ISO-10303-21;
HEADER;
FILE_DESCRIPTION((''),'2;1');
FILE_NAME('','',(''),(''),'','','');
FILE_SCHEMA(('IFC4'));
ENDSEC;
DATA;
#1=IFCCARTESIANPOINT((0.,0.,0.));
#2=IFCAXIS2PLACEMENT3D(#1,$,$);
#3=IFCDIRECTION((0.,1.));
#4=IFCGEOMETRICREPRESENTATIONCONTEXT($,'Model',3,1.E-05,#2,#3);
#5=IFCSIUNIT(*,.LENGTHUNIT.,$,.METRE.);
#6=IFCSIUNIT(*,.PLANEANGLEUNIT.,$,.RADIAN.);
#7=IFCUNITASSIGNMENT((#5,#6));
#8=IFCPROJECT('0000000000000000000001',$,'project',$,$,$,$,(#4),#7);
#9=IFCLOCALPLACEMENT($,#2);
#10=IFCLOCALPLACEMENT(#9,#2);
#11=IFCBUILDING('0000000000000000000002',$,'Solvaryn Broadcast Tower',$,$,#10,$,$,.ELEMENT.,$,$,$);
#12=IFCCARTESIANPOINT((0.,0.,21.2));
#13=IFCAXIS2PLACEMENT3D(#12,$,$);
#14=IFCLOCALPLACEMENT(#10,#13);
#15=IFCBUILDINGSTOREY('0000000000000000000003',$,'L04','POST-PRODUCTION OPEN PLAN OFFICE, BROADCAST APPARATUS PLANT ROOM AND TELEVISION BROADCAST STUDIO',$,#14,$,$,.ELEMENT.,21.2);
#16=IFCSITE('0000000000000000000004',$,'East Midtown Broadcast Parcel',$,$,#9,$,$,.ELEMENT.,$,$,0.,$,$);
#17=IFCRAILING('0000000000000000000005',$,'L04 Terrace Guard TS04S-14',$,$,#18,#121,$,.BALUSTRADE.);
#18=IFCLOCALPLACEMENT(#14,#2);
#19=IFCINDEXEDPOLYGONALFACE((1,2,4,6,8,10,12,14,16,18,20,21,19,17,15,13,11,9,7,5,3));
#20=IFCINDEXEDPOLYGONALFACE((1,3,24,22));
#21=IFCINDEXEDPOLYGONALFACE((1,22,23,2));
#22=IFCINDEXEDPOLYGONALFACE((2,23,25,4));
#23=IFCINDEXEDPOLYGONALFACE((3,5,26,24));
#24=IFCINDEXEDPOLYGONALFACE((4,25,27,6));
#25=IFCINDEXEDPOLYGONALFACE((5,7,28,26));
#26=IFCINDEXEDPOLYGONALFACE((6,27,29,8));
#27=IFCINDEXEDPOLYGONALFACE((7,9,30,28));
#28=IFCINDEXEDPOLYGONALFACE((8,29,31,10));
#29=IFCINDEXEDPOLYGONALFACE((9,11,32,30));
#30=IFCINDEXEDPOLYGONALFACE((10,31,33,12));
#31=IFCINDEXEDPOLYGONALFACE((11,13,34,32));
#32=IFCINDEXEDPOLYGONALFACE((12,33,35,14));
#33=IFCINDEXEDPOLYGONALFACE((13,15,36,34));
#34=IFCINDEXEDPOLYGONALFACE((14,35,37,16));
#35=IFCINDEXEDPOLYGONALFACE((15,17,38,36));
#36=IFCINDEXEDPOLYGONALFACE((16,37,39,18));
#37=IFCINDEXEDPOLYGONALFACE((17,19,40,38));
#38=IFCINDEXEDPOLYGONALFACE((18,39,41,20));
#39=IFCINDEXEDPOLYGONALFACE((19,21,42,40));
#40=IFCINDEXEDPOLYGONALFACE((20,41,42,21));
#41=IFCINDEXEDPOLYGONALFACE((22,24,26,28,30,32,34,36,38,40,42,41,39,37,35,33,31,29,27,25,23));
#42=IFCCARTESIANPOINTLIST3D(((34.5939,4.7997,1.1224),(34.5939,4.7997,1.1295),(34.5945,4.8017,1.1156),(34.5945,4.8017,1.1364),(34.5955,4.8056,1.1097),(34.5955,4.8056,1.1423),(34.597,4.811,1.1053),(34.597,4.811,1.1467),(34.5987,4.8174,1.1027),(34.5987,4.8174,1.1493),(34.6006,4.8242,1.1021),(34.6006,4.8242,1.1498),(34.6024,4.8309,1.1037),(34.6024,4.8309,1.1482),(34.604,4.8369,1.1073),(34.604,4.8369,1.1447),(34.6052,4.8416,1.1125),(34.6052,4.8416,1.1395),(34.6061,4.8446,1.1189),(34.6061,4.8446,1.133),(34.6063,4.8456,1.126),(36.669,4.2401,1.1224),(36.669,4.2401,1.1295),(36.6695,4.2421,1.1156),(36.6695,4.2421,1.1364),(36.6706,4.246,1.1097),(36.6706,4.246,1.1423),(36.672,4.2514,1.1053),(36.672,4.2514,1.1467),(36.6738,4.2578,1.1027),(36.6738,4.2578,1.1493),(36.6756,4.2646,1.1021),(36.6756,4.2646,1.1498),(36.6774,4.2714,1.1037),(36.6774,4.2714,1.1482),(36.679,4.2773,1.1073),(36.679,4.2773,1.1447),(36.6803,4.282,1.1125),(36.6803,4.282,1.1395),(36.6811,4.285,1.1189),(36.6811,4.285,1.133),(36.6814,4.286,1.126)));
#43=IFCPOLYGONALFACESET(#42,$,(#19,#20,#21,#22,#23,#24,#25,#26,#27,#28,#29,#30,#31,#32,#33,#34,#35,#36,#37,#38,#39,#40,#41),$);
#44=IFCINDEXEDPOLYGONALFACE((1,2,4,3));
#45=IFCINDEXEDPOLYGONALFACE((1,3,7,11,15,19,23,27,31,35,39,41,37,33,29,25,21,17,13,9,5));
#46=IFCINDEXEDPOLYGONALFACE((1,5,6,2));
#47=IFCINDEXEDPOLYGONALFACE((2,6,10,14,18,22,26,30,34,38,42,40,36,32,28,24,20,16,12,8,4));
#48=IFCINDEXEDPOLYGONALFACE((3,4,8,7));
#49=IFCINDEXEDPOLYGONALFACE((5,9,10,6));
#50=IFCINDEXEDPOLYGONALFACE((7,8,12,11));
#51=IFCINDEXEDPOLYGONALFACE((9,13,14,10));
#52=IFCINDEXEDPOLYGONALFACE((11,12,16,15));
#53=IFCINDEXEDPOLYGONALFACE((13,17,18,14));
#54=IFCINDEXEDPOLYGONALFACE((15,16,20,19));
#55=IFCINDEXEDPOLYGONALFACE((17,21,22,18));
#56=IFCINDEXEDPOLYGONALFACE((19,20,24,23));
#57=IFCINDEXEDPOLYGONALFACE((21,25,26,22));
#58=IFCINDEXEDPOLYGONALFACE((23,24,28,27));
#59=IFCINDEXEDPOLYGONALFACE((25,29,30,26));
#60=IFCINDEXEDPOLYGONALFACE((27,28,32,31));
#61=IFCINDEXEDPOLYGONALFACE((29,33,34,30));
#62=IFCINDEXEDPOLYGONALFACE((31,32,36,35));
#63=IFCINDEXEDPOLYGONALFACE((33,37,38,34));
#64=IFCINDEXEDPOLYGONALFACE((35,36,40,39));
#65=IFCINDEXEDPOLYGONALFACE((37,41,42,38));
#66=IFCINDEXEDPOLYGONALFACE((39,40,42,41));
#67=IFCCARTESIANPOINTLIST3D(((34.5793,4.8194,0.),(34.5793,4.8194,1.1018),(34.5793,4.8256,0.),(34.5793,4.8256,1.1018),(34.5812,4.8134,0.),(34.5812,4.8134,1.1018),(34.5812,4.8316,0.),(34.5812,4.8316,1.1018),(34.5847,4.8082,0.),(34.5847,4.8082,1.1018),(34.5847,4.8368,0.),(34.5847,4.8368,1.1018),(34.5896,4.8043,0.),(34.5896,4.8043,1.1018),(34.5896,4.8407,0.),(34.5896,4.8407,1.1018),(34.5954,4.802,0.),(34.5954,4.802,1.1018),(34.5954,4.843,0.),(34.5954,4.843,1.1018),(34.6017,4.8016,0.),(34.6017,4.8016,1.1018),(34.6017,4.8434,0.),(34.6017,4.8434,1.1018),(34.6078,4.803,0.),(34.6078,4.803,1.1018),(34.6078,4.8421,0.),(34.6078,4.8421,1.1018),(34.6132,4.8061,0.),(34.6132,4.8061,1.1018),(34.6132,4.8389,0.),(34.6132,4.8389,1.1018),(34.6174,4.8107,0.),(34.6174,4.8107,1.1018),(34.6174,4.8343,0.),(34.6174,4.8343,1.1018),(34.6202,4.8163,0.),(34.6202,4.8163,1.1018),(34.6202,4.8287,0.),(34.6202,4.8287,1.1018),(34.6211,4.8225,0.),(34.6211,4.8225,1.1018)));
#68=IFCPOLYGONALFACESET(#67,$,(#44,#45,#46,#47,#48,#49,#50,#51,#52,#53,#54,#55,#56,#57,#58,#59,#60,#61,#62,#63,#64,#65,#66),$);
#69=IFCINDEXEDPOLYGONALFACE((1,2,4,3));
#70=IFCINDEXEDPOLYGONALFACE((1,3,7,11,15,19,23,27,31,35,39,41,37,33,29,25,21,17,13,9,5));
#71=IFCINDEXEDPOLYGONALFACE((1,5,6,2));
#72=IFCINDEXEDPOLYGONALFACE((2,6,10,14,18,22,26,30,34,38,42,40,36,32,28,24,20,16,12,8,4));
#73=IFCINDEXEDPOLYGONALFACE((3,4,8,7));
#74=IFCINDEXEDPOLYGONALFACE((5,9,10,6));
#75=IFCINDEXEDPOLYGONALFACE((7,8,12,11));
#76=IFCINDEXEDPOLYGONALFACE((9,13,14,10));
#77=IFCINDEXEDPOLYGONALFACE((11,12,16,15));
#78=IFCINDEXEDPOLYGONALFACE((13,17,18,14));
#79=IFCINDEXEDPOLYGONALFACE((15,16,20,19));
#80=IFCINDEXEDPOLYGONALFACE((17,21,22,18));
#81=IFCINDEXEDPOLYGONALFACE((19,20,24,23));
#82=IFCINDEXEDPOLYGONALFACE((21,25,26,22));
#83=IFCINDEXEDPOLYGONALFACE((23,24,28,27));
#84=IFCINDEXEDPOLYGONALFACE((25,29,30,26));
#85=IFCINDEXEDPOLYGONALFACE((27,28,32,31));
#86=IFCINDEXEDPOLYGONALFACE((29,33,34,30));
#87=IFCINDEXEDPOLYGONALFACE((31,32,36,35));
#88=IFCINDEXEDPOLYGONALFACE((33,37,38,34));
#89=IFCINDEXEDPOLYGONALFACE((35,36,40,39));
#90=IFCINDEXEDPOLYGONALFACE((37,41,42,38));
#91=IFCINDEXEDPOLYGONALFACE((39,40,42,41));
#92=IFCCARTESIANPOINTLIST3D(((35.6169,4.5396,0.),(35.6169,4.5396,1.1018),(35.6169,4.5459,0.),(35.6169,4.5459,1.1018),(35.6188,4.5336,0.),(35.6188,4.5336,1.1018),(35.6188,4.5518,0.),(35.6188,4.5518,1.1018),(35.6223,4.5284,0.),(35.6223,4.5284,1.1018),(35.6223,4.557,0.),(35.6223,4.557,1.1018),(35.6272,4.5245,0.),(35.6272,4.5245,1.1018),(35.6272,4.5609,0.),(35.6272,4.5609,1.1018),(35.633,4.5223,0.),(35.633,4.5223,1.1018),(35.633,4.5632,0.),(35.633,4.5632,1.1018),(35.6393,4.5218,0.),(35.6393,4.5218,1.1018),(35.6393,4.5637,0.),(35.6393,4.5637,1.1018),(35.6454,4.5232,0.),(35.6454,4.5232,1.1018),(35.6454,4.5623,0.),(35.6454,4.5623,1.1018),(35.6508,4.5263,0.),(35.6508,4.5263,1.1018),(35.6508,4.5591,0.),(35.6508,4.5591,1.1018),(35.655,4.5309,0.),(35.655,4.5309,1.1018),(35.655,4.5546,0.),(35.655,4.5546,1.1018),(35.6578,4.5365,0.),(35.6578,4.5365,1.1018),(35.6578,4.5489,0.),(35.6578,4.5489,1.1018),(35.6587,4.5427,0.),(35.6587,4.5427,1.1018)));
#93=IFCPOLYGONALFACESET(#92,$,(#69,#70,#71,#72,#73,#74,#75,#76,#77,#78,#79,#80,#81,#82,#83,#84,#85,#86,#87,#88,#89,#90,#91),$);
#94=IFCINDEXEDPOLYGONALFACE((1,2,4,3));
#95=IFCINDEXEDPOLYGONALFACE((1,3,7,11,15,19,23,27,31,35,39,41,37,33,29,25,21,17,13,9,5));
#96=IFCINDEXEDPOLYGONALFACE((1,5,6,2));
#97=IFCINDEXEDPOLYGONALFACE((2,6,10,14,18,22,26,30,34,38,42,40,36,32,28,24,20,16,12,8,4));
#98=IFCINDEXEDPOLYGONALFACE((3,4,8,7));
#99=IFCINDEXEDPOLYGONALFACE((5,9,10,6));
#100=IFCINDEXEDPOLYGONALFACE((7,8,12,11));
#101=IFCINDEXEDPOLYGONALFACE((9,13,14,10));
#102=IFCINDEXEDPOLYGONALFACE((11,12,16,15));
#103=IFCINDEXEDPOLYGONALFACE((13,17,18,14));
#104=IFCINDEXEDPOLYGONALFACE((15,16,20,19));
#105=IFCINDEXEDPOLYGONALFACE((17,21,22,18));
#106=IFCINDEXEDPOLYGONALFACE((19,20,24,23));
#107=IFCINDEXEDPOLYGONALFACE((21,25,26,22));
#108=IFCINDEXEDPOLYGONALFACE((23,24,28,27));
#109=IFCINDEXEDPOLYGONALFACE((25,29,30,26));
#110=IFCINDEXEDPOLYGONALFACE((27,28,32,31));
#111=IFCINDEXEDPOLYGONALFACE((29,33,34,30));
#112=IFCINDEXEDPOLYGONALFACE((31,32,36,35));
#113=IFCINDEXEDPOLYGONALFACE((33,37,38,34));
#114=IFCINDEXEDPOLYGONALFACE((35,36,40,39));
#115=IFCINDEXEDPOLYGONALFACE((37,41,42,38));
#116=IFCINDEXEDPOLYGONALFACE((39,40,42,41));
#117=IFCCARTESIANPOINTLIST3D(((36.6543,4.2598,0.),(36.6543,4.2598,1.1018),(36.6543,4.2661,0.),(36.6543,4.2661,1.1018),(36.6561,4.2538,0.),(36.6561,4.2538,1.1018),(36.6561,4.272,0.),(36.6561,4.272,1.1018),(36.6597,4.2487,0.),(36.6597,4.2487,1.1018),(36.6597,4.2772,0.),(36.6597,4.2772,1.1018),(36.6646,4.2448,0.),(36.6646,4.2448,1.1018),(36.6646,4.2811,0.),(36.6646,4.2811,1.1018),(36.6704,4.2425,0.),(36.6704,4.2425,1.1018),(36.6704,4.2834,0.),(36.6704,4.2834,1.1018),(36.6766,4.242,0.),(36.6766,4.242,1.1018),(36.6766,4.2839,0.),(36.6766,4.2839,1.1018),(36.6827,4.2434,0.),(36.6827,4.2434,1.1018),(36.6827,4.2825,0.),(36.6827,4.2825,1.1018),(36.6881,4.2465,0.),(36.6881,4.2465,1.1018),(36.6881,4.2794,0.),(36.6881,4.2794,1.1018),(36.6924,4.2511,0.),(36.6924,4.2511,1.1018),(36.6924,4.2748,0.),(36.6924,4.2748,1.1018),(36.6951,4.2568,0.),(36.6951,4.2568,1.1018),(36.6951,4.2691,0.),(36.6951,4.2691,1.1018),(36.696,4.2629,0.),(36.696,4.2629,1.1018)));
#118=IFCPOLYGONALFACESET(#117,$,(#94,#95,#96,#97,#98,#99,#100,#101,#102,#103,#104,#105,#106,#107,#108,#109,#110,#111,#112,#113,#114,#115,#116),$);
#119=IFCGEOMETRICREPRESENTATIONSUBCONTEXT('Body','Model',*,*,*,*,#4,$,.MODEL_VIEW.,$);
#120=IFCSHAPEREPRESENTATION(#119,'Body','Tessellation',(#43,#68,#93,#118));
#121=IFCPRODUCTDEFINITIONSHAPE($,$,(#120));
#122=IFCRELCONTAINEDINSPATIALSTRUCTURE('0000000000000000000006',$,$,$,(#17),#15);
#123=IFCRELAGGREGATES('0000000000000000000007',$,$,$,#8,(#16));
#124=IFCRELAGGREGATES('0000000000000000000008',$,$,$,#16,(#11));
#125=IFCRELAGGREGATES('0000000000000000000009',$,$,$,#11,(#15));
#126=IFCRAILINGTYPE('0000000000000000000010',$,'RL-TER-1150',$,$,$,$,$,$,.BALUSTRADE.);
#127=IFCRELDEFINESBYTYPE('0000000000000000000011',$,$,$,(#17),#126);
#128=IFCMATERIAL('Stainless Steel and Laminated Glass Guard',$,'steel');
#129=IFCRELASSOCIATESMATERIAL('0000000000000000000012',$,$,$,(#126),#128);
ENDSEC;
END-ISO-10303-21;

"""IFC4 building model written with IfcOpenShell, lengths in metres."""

from ifc_helpers import new_model, si_unit, direction, frame, origin, origin_2d, place, context, subcontext, project, spatial, circle, extrude, material, type_object, element, save


model = new_model("IFC4")

# Units and contexts
model_context = context("Model", 3, precision=1e-05, world=origin(), true_north=direction((0.0, 1.0)))
body_context = subcontext(model_context, "Body", "Model", "MODEL_VIEW")
ifc_project = project(units=[si_unit("LENGTHUNIT", "METRE"), si_unit("PLANEANGLEUNIT", "RADIAN")], contexts=[model_context])

# Site, building, storey
site_placement = place(None, origin())
site = spatial("IfcSite", under=ifc_project, at=site_placement, Name="East Midtown Broadcast Parcel", CompositionType="ELEMENT", RefElevation=0.0)
building_placement = place(site_placement, origin())
building = spatial("IfcBuilding", under=site, at=building_placement, Name="Solvaryn Broadcast Tower", CompositionType="ELEMENT")
storey_placement = place(building_placement, frame((0.0, 0.0, 21.2)))
storey = spatial("IfcBuildingStorey", under=building, at=storey_placement, Name="L04", Description="POST-PRODUCTION OPEN PLAN OFFICE, BROADCAST APPARATUS PLANT ROOM AND TELEVISION BROADCAST STUDIO", CompositionType="ELEMENT", Elevation=21.2)

# Railing
ifc_material_1 = material(Name="Stainless Steel and Laminated Glass Guard", Category="steel")
railing_type = type_object("IfcRailingType", Name="RL-TER-1150", PredefinedType="BALUSTRADE", material=ifc_material_1)
railing_1_placement = place(storey_placement, frame((34.6001, 4.8225, 0.0)))
element("IfcRailing", 1, at=railing_1_placement, inside=storey, type_object=railing_type, Name="L04 Terrace Guard TS04S-14", PredefinedType="BALUSTRADE", context=body_context, shape_type="SweptSolid", body=[
    extrude(circle(Radius=0.0239, at=origin_2d()), frame((0.0, 0.0, 1.126), z_axis=(0.965507, -0.260377, 0.0), x_axis=(0.260377, 0.965507, 0.0)), (0.0, 0.0, 1.0), 2.1492),
    extrude(circle(Radius=0.021, at=origin_2d()), origin(), (0.0, 0.0, 1.0), 1.1018),
    extrude(circle(Radius=0.021, at=origin_2d()), frame((1.0376, -0.2798, 0.0)), (0.0, 0.0, 1.0), 1.1018),
    extrude(circle(Radius=0.021, at=origin_2d()), frame((2.075, -0.5596, 0.0)), (0.0, 0.0, 1.0), 1.1018),
])

save(model, "model.ifc")
